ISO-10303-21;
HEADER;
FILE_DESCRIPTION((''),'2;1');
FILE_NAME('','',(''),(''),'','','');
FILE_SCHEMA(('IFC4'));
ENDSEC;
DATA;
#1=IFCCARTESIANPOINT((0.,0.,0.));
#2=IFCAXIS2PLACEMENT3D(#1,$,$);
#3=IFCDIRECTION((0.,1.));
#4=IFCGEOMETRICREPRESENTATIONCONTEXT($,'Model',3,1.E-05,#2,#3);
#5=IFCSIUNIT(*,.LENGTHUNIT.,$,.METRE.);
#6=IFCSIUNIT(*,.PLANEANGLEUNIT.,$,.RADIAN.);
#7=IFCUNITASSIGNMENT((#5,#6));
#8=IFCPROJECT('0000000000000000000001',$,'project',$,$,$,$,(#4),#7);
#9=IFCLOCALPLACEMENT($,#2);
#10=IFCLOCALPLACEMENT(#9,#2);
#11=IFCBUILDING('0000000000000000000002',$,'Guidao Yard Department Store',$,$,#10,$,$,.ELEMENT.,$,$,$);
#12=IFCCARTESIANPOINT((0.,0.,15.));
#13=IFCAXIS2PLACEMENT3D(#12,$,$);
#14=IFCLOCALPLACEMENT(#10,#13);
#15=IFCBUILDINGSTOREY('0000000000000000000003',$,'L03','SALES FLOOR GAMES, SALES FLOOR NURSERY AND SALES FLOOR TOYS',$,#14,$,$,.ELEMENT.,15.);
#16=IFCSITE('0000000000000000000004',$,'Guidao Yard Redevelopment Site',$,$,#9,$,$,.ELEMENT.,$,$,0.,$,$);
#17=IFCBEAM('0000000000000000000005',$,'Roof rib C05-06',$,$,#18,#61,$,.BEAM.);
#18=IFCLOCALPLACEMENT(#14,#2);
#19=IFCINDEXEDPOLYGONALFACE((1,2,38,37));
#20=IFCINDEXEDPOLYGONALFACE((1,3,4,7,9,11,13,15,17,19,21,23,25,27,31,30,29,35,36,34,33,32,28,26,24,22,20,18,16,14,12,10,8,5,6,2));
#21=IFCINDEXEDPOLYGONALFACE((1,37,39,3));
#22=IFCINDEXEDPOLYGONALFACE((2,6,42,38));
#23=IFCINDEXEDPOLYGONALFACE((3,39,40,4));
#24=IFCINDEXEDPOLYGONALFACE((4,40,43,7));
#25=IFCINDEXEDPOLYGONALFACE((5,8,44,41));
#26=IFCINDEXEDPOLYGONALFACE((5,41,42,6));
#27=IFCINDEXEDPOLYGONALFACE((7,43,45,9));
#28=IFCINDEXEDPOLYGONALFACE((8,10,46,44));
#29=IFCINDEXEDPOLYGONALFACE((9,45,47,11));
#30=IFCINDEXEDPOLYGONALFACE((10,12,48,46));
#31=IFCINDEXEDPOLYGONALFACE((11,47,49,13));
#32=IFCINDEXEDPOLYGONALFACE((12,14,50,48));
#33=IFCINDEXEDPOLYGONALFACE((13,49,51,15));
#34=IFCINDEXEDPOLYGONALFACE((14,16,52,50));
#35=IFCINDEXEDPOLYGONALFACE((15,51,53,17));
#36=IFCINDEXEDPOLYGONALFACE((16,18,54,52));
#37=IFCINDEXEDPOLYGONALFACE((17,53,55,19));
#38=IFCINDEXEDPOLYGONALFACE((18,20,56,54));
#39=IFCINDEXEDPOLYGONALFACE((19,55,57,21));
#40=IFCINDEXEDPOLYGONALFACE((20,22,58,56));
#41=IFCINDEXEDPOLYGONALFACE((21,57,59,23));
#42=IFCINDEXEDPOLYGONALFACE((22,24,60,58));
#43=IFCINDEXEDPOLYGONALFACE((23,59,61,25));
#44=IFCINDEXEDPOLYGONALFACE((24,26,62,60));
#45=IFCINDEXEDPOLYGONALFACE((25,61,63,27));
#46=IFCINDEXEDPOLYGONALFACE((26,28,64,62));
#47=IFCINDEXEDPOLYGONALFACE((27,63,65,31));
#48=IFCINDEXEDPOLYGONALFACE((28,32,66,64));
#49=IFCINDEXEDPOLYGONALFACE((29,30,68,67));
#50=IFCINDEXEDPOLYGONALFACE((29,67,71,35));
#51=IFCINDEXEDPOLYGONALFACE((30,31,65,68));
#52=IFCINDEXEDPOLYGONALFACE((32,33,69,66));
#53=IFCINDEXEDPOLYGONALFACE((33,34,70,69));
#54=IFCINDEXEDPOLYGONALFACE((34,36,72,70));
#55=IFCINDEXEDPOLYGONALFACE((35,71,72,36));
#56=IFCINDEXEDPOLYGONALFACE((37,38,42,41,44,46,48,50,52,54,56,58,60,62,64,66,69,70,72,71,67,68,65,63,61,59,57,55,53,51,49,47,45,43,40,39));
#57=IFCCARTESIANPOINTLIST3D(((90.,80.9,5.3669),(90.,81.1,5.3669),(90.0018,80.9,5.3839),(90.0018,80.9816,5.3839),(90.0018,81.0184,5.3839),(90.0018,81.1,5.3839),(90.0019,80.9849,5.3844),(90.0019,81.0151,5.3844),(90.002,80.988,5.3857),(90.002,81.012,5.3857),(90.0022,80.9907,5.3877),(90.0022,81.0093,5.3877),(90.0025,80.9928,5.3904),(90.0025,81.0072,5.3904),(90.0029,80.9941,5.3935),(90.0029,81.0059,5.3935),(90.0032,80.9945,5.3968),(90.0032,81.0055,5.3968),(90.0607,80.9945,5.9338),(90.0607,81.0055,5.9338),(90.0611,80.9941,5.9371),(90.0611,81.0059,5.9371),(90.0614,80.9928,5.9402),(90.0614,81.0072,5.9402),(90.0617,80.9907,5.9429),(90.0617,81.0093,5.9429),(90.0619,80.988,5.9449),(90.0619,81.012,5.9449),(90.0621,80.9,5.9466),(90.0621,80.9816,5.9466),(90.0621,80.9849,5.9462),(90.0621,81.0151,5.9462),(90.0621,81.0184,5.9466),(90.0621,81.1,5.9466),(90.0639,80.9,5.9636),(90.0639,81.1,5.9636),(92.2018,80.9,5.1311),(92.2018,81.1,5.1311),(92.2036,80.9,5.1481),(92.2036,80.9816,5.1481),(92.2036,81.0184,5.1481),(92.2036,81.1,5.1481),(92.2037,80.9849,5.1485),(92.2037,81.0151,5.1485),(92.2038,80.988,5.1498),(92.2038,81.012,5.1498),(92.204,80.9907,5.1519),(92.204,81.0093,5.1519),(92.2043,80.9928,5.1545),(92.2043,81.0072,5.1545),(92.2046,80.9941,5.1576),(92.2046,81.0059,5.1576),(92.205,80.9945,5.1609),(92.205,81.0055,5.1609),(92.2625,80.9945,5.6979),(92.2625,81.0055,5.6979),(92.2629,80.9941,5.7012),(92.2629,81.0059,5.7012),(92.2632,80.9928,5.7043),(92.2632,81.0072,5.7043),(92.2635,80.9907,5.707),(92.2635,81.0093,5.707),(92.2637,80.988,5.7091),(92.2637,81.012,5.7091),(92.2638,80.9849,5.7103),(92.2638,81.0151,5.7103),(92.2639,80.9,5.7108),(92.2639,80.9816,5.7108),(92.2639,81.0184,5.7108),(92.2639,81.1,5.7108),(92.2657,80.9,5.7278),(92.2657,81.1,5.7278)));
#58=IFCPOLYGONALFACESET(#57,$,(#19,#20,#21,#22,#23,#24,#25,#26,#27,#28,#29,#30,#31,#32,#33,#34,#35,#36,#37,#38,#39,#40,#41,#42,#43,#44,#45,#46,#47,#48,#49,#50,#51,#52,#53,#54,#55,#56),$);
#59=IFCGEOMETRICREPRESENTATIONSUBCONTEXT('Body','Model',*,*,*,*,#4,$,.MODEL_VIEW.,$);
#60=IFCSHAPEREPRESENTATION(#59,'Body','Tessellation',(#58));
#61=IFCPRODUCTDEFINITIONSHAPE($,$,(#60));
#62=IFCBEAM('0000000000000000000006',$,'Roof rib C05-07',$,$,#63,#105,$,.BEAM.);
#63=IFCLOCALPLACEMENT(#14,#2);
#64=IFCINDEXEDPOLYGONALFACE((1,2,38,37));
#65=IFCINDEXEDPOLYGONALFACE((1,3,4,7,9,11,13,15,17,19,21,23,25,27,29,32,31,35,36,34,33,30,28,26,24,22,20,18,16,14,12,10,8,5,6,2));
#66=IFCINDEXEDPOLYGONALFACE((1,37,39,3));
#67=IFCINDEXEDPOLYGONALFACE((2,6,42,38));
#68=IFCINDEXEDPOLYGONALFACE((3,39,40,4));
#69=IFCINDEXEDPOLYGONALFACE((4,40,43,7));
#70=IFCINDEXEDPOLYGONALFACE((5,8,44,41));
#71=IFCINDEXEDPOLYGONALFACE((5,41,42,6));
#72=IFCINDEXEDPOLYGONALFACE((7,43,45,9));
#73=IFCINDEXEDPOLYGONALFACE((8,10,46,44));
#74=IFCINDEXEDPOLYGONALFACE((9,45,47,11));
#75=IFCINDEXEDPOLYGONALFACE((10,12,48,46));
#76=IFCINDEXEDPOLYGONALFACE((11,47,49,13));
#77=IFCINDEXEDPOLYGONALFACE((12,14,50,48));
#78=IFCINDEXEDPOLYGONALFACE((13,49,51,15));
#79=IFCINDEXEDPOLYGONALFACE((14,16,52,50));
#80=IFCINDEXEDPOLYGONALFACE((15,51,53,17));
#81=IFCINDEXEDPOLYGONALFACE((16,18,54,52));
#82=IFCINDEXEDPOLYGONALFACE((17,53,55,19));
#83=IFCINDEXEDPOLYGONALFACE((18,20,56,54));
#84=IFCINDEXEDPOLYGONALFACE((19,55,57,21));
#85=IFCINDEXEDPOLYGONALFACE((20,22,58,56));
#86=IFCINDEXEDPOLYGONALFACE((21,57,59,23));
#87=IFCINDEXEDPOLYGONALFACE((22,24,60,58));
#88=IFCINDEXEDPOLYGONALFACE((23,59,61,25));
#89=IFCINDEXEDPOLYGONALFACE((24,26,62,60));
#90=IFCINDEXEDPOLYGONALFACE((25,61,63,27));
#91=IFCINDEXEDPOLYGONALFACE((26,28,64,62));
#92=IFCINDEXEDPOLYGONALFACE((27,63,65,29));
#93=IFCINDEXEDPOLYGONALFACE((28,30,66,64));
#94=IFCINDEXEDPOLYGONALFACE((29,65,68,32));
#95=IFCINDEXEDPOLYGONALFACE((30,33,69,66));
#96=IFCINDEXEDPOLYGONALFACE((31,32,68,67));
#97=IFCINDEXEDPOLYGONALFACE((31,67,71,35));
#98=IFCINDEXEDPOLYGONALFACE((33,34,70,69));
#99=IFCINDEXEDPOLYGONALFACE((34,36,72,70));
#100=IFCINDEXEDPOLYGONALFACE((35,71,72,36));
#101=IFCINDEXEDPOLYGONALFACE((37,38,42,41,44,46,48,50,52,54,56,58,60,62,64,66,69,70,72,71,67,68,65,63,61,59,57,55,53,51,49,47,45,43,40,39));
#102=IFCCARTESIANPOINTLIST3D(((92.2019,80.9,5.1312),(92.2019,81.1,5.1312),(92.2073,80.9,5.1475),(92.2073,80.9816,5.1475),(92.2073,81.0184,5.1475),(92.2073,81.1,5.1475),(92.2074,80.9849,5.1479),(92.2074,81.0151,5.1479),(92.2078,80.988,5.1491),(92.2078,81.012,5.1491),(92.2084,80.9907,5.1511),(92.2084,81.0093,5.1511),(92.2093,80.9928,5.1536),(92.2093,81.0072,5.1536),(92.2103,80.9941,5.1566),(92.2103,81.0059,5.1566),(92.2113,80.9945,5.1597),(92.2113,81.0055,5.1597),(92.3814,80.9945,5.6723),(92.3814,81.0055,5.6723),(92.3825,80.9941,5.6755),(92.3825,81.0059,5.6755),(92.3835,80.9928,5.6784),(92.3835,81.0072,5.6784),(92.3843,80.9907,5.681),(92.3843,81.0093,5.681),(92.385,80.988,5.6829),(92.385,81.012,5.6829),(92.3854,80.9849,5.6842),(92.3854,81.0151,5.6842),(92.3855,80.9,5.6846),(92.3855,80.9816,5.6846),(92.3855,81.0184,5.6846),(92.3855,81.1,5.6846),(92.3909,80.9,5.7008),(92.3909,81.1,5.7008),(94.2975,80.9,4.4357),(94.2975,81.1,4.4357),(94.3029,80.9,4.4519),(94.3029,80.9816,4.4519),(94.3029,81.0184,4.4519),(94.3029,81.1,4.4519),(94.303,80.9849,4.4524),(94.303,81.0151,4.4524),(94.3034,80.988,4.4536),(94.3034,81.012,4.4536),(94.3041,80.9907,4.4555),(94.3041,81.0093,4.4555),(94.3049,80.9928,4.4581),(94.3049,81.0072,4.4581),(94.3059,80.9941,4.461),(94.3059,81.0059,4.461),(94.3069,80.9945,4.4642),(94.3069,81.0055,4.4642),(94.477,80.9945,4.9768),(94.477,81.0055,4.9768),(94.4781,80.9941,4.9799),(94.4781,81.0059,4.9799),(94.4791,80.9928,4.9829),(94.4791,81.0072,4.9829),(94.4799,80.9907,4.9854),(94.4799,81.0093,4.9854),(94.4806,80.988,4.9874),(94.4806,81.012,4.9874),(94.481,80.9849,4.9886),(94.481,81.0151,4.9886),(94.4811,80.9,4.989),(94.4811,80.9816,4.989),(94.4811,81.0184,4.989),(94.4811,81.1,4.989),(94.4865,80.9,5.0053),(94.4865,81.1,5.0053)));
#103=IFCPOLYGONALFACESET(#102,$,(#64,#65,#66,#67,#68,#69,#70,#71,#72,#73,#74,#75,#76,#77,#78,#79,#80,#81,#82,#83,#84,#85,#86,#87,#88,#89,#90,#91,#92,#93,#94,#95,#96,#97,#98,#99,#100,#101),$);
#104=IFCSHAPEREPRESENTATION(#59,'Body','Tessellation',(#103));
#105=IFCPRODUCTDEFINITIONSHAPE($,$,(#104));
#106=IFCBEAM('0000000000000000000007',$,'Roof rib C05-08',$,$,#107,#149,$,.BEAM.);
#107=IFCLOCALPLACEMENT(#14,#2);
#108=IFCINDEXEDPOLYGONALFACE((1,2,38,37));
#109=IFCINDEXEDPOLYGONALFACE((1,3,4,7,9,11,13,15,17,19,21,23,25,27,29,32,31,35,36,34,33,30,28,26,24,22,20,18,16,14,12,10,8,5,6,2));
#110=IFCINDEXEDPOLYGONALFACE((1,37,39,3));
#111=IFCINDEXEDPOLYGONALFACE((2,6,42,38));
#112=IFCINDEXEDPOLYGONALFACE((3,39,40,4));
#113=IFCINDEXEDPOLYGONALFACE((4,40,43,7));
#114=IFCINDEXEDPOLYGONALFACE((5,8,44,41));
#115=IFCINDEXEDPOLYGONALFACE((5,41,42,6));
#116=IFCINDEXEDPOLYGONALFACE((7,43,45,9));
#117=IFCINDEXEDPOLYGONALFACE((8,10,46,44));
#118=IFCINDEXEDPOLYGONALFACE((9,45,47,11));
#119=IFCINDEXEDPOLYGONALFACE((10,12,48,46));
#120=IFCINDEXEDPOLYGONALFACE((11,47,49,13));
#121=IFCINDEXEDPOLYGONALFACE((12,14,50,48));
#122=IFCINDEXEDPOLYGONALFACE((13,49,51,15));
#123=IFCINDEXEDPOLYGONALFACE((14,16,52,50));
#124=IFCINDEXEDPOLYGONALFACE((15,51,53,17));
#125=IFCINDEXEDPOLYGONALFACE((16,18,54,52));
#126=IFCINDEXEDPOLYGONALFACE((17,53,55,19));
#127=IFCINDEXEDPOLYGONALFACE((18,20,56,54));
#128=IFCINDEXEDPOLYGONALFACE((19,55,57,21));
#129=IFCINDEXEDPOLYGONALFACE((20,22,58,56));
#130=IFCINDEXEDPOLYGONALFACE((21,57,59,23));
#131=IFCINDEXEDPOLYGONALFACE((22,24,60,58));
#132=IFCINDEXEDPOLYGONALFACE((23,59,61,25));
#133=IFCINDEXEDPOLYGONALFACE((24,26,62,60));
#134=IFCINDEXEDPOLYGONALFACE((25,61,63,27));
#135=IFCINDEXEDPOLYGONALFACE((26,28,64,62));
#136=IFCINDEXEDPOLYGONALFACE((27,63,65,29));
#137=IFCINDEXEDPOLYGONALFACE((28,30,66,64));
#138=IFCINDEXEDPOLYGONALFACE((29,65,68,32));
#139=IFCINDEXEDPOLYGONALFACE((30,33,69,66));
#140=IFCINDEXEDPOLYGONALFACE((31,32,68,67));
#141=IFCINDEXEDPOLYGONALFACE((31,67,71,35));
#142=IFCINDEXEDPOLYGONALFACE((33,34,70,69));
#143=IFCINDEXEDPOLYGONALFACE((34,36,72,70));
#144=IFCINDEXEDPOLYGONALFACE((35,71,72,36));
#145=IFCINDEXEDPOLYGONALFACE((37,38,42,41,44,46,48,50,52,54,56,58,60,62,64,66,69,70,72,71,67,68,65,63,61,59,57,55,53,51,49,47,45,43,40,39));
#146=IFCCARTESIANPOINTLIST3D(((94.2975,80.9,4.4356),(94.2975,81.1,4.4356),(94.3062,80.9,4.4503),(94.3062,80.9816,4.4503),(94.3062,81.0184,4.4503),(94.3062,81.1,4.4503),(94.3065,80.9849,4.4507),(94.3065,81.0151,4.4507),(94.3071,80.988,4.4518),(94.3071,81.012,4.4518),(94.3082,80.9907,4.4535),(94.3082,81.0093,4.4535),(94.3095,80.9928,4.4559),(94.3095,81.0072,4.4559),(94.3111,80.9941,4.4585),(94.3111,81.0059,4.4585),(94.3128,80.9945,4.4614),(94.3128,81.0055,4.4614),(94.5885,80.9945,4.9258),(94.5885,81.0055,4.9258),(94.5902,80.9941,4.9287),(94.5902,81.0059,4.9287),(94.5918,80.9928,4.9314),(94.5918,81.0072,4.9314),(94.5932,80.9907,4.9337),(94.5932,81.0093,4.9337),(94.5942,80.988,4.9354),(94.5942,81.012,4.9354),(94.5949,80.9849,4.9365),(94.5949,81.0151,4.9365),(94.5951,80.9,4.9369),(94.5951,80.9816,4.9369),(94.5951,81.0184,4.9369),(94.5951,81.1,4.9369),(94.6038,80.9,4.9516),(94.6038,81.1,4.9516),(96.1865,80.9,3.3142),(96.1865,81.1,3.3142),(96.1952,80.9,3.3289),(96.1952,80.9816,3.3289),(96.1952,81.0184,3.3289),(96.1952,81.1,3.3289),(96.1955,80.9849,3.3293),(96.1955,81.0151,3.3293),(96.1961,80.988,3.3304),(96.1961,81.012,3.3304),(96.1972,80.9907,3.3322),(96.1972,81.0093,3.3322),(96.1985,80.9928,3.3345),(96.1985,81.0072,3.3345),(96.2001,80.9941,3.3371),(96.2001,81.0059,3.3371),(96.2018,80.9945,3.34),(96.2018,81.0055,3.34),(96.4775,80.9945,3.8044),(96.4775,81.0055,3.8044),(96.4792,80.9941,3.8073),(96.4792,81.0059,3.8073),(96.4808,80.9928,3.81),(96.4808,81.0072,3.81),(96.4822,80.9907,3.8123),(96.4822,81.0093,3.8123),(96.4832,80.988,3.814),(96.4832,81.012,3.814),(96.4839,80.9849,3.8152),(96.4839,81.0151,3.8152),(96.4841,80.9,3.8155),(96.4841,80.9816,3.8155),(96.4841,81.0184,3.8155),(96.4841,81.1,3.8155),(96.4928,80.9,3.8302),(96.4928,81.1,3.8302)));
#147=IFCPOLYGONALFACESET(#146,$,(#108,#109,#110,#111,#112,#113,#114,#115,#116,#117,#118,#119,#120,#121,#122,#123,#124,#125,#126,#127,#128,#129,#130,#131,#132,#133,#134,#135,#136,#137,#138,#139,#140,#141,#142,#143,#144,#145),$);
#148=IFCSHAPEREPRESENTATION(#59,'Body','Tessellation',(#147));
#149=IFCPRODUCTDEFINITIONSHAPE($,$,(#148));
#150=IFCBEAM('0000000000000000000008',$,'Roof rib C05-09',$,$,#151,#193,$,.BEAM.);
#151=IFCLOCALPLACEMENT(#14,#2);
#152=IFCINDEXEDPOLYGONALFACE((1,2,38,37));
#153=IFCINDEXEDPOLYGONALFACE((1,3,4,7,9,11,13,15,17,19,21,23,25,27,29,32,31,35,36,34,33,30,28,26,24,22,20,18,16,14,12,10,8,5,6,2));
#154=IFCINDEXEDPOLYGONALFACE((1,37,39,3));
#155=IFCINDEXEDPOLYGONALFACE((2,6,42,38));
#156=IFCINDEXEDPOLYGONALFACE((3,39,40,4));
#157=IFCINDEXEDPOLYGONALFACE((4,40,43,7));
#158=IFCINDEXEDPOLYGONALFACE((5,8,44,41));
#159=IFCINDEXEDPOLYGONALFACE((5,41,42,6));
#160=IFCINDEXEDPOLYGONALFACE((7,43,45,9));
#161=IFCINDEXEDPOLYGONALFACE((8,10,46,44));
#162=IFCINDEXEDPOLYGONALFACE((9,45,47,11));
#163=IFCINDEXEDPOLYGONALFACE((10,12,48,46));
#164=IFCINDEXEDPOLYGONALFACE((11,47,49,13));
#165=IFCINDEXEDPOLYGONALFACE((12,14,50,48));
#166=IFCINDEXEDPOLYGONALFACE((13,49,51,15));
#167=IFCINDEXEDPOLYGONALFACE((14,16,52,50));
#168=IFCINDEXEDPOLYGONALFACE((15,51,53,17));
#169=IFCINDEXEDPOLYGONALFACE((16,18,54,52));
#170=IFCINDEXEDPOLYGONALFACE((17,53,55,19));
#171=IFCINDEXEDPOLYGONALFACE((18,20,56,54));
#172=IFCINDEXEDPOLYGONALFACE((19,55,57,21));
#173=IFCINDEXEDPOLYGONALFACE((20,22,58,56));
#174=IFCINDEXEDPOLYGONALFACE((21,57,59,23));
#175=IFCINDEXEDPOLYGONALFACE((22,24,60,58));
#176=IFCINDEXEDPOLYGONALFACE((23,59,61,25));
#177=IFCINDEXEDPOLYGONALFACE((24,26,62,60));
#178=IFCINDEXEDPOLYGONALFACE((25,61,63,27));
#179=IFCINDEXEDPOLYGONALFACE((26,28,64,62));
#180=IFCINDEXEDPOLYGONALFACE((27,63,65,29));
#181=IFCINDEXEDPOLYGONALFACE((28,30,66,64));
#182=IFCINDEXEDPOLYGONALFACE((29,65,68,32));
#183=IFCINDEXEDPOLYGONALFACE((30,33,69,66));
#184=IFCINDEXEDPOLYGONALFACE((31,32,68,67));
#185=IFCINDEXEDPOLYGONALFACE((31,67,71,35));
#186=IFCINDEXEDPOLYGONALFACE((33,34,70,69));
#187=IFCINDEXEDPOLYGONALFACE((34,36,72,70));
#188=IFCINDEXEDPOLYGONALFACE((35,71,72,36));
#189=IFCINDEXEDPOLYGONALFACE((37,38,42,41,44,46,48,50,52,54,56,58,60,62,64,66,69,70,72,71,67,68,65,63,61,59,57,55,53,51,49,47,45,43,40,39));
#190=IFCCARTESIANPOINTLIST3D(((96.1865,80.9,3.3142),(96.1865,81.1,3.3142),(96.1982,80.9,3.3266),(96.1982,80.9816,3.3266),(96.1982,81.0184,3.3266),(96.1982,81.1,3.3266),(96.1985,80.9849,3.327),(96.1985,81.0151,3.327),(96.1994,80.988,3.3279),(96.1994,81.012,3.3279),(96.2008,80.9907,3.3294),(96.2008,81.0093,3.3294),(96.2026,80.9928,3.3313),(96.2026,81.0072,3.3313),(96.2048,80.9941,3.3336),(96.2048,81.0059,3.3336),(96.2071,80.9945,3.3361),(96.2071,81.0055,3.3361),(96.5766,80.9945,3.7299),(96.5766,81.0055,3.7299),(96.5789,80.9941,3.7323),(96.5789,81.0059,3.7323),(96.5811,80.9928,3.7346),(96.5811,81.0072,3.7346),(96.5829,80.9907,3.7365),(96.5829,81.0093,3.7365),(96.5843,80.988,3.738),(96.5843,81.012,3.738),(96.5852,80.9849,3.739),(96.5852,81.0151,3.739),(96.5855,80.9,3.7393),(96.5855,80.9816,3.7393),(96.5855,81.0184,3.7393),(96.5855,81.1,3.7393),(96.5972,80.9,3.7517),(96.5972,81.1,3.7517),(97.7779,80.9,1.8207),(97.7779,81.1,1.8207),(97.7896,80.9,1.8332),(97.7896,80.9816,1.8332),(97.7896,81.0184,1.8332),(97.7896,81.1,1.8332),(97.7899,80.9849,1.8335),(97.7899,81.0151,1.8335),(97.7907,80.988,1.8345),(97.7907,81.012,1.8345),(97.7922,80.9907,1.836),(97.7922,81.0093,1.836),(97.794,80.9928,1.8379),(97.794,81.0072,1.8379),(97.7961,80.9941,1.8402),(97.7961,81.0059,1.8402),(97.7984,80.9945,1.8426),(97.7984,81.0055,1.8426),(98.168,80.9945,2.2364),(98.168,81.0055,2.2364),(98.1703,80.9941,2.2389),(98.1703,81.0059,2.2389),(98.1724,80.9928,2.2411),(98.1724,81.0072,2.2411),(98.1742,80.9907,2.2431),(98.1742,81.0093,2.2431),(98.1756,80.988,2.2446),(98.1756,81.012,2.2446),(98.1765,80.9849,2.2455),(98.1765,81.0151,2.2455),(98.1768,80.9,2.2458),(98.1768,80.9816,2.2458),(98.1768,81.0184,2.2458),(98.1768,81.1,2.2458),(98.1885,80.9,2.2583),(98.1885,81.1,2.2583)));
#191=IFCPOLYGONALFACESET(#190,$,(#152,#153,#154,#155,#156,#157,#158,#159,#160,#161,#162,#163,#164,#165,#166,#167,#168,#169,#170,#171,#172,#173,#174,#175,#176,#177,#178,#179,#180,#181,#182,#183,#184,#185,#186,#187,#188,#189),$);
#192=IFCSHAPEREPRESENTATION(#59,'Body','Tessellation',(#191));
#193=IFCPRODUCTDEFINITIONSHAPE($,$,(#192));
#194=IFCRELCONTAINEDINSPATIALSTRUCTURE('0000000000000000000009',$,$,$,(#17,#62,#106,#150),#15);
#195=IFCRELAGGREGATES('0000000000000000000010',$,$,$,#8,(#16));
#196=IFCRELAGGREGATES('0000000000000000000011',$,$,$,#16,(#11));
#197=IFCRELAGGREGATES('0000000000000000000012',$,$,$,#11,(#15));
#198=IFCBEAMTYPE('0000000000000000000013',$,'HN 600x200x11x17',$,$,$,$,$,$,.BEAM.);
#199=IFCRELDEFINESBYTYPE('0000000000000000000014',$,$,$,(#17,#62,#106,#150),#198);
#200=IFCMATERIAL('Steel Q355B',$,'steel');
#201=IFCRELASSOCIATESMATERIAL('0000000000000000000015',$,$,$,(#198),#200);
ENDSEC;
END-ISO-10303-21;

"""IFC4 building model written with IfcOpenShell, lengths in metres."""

from ifc_helpers import new_model, si_unit, direction, frame, origin, origin_2d, place, context, subcontext, project, spatial, i_section, extrude, material, material_profile, profile_set, type_object, element, save


model = new_model("IFC4")

# Units and contexts
model_context = context("Model", 3, precision=1e-05, world=origin(), true_north=direction((0.0, 1.0)))
body_context = subcontext(model_context, "Body", "Model", "MODEL_VIEW")
ifc_project = project(units=[si_unit("LENGTHUNIT", "METRE"), si_unit("PLANEANGLEUNIT", "RADIAN")], contexts=[model_context])

# Site, building, storey
site_placement = place(None, origin())
site = spatial("IfcSite", under=ifc_project, at=site_placement, Name="Guidao Yard Redevelopment Site", CompositionType="ELEMENT", RefElevation=0.0)
building_placement = place(site_placement, origin())
building = spatial("IfcBuilding", under=site, at=building_placement, Name="Guidao Yard Department Store", CompositionType="ELEMENT")
storey_placement = place(building_placement, frame((0.0, 0.0, 15.0)))
storey = spatial("IfcBuildingStorey", under=building, at=storey_placement, Name="L03", Description="SALES FLOOR GAMES, SALES FLOOR NURSERY AND SALES FLOOR TOYS", CompositionType="ELEMENT", Elevation=15.0)

# Beams
ifc_material_1 = material(Name="Steel Q355B", Category="steel")
ifc_material_profile_1 = material_profile(ifc_material_1, i_section(OverallWidth=0.2, OverallDepth=0.6001, WebThickness=0.011, FlangeThickness=0.0171, FilletRadius=0.0129, at=origin_2d()), Name="HN 600x200x11x17")
ifc_profile_set_1 = profile_set([ifc_material_profile_1], Name="Steel Q355B")
beam_type = type_object("IfcBeamType", Name="HN 600x200x11x17", PredefinedType="BEAM", material=ifc_profile_set_1)
beam_1_placement = place(storey_placement, frame((90.032, 81.0, 5.6653), z_axis=(0.994312, 0.0, -0.10651), x_axis=(0.0, 1.0, 0.0)))
element("IfcBeam", 1, at=beam_1_placement, inside=storey, type_object=beam_type, Name="Roof rib C05-06", PredefinedType="BEAM", context=body_context, shape_type="SweptSolid", body=[
    extrude(i_section(OverallWidth=0.2, OverallDepth=0.6001, WebThickness=0.011, FlangeThickness=0.0171, FilletRadius=0.0129, at=origin_2d()), origin(), (0.0, 0.0, 1.0), 2.2144),
])
beam_2_placement = place(storey_placement, frame((92.2964, 81.0, 5.416), z_axis=(0.949092, 0.0, -0.315), x_axis=(0.0, 1.0, 0.0)))
element("IfcBeam", 2, at=beam_2_placement, inside=storey, type_object=beam_type, Name="Roof rib C05-07", PredefinedType="BEAM", context=body_context, shape_type="SweptSolid", body=[
    extrude(i_section(OverallWidth=0.2, OverallDepth=0.6001, WebThickness=0.011, FlangeThickness=0.0171, FilletRadius=0.0129, at=origin_2d()), origin(), (0.0, 0.0, 1.0), 2.208),
])
beam_3_placement = place(storey_placement, frame((94.4507, 81.0, 4.6936), z_axis=(0.859896, 0.0, -0.510469), x_axis=(0.0, 1.0, 0.0)))
element("IfcBeam", 3, at=beam_3_placement, inside=storey, type_object=beam_type, Name="Roof rib C05-08", PredefinedType="BEAM", context=body_context, shape_type="SweptSolid", body=[
    extrude(i_section(OverallWidth=0.2, OverallDepth=0.6001, WebThickness=0.011, FlangeThickness=0.0171, FilletRadius=0.0129, at=origin_2d()), origin(), (0.0, 0.0, 1.0), 2.1968),
])
beam_4_placement = place(storey_placement, frame((96.3918, 81.0, 3.533), z_axis=(0.729181, 0.0, -0.684321), x_axis=(0.0, 1.0, 0.0)))
element("IfcBeam", 4, at=beam_4_placement, inside=storey, type_object=beam_type, Name="Roof rib C05-09", PredefinedType="BEAM", context=body_context, shape_type="SweptSolid", body=[
    extrude(i_section(OverallWidth=0.2, OverallDepth=0.6001, WebThickness=0.011, FlangeThickness=0.0171, FilletRadius=0.0129, at=origin_2d()), origin(), (0.0, 0.0, 1.0), 2.1824),
])

save(model, "model.ifc")
